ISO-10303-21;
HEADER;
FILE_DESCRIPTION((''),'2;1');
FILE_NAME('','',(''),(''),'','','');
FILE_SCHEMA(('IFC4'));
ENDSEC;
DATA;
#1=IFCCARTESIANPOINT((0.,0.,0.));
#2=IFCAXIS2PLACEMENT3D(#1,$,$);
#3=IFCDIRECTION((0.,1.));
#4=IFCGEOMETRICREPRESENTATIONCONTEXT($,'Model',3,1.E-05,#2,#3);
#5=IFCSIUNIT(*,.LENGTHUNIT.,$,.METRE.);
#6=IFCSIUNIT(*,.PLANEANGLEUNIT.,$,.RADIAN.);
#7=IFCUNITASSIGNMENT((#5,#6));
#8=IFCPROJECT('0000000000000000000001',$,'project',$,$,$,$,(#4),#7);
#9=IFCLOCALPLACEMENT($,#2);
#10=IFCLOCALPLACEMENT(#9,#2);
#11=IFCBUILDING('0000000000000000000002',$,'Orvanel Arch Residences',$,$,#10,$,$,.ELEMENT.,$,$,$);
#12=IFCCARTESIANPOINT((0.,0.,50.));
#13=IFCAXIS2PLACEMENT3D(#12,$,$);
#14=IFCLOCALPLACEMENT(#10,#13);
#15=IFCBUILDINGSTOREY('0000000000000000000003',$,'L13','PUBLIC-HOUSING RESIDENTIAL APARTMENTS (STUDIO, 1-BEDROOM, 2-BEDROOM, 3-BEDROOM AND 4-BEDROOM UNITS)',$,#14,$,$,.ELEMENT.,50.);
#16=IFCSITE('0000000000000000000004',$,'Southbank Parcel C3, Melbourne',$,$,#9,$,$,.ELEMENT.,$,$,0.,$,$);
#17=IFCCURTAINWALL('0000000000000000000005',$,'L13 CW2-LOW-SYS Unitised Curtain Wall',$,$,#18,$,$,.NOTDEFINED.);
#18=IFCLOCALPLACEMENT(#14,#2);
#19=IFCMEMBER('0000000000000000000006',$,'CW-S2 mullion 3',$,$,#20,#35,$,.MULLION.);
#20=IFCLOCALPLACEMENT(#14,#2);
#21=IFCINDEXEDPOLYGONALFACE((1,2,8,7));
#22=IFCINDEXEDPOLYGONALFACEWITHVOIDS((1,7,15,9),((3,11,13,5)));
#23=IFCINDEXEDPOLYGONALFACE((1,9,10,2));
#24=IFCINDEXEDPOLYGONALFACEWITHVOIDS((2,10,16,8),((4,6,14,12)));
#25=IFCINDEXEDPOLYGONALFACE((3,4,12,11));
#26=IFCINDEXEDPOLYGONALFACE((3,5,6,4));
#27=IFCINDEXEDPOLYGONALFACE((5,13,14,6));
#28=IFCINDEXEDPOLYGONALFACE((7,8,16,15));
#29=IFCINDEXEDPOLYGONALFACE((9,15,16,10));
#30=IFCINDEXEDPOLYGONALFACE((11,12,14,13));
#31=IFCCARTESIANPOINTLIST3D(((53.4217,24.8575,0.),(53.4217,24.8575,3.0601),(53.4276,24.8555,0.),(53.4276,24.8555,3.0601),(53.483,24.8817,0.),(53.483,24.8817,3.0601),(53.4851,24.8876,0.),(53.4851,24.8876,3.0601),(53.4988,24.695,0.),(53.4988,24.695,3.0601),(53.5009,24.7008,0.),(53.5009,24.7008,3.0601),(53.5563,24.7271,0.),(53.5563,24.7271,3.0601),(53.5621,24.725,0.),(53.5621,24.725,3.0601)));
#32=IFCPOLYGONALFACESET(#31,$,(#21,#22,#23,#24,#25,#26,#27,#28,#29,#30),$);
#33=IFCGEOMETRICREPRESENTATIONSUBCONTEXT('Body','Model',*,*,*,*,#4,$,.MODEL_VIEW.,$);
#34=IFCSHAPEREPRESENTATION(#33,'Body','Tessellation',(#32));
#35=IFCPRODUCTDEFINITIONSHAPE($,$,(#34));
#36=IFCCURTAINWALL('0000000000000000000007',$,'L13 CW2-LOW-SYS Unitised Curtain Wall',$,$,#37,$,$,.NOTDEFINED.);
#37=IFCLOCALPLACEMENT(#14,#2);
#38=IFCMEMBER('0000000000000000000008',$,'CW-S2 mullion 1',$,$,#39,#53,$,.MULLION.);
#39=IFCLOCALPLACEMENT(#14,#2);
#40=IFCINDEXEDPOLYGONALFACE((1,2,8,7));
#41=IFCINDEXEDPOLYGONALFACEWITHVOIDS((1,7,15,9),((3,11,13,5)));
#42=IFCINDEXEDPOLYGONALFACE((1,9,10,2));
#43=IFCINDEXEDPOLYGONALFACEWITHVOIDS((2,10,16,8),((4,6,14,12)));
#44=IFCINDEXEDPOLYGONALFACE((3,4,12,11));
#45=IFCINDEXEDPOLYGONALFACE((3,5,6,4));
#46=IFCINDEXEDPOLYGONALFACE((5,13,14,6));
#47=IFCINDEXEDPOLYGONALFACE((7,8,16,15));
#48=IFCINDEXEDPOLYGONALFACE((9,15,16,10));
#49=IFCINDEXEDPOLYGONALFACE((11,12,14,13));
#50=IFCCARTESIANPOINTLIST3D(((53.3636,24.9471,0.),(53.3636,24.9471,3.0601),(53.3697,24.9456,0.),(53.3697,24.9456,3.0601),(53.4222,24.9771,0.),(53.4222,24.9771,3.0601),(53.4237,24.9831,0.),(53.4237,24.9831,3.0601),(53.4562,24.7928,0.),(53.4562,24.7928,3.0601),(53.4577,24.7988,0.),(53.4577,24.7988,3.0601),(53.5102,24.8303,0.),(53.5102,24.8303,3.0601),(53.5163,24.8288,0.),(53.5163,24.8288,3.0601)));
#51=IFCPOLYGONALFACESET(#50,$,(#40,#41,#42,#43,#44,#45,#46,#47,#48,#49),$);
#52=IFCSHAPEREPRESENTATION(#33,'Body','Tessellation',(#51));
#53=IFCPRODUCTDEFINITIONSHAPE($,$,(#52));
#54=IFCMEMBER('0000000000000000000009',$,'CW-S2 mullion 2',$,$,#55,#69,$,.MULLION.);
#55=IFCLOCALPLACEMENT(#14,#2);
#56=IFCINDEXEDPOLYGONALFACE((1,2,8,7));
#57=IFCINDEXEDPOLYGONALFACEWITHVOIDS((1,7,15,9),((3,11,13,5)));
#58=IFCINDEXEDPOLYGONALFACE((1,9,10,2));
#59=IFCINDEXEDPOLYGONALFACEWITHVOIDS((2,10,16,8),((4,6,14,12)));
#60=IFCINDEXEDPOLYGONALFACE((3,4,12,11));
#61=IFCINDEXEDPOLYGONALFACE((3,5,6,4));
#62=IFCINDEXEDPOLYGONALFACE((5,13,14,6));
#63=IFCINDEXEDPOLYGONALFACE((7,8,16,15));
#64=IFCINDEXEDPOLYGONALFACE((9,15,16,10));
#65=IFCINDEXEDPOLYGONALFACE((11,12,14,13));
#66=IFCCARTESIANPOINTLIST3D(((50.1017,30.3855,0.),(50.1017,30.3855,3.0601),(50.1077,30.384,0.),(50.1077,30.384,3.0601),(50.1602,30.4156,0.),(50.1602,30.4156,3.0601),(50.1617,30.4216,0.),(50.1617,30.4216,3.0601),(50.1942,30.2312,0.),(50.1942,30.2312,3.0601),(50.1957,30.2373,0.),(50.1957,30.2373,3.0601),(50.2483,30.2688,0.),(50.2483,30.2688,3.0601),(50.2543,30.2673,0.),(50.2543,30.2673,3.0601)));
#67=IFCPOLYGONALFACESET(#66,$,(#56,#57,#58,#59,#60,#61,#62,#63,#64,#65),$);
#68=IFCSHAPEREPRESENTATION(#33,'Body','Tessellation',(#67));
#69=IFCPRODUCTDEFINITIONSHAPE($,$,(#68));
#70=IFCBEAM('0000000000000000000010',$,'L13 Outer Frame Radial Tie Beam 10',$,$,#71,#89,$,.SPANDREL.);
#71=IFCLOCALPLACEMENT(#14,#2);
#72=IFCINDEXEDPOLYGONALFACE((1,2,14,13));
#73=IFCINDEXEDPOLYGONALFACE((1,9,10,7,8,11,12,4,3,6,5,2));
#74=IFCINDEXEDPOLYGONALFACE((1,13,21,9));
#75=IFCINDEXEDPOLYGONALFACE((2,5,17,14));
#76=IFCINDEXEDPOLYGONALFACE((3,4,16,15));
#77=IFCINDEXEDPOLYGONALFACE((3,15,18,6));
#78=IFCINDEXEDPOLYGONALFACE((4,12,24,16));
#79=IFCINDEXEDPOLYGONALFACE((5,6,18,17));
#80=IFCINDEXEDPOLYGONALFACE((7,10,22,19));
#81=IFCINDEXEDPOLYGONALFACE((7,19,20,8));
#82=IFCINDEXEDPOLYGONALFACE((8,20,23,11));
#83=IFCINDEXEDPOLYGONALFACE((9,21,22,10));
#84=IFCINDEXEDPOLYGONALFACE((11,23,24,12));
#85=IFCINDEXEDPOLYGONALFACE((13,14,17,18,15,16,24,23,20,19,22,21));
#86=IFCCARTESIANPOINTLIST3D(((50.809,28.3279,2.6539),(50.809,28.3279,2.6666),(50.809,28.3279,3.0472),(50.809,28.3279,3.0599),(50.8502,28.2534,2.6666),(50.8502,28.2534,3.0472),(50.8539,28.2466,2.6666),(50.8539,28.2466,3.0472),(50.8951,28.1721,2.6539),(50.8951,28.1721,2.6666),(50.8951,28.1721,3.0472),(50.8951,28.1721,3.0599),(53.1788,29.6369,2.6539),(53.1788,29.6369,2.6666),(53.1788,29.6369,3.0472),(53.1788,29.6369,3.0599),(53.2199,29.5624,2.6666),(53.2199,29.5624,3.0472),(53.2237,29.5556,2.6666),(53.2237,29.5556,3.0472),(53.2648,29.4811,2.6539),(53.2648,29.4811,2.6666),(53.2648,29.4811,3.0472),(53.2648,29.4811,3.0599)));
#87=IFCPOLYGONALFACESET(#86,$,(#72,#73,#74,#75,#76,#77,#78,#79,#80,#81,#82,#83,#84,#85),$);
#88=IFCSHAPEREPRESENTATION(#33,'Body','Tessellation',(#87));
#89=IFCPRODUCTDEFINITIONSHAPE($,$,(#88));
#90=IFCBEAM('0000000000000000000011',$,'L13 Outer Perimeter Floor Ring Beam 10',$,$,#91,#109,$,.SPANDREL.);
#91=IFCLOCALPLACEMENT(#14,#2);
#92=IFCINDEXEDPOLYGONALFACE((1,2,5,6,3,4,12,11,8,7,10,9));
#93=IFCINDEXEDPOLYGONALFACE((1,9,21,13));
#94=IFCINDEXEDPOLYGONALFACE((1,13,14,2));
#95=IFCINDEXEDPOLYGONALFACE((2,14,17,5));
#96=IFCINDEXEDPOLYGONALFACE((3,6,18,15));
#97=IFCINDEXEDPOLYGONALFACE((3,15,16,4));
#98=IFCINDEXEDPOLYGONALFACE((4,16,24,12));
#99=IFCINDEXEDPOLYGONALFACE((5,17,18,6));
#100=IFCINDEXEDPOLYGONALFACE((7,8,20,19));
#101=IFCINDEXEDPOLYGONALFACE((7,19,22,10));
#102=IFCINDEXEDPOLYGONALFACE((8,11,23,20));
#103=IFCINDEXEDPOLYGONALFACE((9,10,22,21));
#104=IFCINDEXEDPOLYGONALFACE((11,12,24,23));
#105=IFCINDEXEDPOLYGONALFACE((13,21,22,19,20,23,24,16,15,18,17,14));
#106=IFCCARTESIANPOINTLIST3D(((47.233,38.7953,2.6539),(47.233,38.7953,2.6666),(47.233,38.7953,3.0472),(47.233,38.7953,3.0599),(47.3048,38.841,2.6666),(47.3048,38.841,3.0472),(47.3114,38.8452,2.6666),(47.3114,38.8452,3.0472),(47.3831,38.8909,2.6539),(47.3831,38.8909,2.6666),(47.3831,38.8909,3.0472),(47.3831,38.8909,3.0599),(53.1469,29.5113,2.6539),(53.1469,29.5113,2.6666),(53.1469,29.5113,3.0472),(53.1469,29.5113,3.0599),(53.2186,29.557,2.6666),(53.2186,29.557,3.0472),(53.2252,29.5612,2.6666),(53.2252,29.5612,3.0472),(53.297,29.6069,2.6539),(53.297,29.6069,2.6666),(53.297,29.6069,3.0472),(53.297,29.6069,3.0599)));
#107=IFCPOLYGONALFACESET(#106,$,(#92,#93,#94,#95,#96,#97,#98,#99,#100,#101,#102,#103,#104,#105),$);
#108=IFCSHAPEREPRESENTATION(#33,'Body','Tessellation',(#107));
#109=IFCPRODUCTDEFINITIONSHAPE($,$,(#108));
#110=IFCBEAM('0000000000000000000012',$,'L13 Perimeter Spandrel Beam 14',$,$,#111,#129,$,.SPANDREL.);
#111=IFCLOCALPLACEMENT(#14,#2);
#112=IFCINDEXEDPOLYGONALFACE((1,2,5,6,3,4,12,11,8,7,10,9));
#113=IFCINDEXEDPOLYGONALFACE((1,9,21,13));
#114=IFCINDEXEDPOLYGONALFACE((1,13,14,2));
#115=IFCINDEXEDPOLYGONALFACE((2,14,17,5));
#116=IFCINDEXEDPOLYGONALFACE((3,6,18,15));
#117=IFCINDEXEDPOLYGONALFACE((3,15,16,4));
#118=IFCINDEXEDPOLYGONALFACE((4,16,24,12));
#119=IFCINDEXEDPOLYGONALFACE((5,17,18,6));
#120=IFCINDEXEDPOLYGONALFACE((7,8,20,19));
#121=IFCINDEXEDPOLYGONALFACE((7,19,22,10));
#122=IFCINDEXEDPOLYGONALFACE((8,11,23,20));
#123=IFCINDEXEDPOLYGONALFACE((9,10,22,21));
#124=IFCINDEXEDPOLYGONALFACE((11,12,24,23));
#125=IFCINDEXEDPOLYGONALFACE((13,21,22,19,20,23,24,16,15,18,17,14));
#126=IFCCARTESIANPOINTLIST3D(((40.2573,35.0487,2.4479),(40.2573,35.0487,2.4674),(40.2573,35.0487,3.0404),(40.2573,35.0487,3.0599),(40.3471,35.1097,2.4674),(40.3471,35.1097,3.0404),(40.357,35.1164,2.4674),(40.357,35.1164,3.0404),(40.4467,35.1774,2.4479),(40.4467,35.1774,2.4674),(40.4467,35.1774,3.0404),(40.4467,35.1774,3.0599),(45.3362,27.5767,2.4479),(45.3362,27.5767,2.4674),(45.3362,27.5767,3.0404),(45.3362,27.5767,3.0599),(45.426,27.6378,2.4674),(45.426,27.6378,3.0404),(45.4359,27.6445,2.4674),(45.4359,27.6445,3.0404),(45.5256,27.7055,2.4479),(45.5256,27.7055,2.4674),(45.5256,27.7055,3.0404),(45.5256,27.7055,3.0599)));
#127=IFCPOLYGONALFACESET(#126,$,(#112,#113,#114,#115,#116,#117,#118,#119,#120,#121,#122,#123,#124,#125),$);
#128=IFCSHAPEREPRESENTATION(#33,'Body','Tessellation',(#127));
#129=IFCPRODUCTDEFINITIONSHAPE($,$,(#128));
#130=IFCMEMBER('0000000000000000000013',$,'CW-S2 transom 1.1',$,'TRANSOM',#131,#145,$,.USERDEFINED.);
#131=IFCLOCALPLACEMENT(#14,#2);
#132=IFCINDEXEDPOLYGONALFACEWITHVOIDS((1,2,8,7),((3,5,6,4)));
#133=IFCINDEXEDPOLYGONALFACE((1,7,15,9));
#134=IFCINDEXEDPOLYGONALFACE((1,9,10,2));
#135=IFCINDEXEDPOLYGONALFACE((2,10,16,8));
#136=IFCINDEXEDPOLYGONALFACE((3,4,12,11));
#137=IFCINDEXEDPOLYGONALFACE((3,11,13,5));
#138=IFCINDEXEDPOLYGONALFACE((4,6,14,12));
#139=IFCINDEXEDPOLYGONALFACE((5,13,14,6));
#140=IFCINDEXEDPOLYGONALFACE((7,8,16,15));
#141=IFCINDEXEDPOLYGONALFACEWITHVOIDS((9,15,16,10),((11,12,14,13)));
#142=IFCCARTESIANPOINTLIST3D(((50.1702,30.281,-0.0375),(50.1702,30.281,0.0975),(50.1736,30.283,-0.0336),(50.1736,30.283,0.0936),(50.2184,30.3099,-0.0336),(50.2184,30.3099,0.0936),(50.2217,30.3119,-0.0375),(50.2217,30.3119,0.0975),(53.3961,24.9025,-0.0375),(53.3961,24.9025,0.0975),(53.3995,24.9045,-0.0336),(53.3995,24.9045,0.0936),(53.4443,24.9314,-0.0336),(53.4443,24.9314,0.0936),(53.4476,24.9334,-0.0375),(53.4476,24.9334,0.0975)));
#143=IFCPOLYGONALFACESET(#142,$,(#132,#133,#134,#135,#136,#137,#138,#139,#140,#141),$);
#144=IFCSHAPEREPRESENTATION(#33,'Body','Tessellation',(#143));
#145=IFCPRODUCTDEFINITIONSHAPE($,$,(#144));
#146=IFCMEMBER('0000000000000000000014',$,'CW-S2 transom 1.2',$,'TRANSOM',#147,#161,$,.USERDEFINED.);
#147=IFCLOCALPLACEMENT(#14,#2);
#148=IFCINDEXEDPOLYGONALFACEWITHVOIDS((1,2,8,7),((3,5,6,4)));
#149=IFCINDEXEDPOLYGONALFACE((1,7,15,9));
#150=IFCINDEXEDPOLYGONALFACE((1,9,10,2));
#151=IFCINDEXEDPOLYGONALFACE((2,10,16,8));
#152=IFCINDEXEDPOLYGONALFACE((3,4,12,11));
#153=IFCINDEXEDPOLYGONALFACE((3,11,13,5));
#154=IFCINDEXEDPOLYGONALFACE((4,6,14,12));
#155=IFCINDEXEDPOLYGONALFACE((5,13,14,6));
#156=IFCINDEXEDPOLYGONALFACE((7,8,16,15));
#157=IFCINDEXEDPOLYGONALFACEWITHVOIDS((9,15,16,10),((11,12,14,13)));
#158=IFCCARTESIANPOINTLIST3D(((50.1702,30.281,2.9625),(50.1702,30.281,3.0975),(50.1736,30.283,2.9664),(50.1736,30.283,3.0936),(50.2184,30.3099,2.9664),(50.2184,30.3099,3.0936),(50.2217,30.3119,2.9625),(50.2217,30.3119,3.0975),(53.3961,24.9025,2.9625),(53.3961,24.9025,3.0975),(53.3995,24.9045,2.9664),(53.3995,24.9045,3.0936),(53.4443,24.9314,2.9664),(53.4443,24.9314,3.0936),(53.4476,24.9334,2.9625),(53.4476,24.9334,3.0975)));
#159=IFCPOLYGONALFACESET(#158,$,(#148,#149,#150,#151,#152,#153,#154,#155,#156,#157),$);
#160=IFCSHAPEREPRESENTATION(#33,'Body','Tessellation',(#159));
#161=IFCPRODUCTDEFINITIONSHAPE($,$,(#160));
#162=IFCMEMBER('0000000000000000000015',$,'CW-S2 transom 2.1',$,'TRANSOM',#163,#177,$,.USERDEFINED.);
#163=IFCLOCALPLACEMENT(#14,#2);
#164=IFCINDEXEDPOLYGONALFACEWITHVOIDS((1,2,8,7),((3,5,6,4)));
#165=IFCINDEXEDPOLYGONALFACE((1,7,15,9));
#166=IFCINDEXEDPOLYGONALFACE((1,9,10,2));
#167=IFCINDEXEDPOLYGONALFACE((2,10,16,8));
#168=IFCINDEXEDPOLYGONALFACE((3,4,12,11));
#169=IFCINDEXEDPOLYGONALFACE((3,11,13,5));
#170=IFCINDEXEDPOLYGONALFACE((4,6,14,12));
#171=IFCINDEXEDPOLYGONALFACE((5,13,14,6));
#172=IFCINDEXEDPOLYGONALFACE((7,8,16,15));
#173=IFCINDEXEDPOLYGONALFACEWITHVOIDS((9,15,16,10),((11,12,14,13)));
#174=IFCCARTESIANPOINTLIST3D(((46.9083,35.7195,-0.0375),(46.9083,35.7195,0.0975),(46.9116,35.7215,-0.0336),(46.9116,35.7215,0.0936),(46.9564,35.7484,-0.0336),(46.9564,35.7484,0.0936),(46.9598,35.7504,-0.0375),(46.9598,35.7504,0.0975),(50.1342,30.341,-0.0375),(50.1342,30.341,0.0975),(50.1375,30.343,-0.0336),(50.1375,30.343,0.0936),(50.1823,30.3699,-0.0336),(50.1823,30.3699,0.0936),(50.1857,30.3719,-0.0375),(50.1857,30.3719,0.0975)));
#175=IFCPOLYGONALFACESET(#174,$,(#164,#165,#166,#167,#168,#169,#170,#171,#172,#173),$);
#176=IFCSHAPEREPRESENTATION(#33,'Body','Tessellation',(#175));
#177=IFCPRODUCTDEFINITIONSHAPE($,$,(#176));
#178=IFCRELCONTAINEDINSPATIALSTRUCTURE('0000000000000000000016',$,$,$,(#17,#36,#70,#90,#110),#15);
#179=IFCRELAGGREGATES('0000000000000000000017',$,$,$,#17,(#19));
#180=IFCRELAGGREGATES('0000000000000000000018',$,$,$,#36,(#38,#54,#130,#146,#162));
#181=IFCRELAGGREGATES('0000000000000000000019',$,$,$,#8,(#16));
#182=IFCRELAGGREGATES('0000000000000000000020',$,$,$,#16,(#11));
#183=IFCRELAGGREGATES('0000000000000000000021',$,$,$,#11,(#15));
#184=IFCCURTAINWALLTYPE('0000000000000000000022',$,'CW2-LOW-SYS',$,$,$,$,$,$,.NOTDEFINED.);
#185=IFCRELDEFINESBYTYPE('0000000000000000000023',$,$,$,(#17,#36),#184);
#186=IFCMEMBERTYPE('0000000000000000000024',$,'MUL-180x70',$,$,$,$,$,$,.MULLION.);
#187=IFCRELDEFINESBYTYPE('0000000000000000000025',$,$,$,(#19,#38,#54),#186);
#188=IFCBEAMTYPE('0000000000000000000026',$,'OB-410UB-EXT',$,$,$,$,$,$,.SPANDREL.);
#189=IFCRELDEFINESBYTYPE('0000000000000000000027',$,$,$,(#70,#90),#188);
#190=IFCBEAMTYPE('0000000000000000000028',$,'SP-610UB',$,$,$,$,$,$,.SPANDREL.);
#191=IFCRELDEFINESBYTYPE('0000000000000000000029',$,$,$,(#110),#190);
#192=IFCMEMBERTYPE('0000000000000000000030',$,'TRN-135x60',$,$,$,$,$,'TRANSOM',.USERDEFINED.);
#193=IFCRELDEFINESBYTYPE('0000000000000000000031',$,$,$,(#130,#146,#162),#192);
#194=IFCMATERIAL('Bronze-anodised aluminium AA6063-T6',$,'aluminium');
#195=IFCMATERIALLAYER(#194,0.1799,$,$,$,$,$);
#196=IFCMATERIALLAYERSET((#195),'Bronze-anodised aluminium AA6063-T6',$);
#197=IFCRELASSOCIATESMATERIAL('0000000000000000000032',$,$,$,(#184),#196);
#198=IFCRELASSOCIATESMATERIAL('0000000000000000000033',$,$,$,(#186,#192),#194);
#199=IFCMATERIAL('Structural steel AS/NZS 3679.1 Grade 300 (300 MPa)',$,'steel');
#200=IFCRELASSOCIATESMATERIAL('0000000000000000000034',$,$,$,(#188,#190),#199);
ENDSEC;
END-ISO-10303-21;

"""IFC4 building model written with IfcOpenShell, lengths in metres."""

from ifc_helpers import new_model, si_unit, direction, frame, origin, origin_2d, place, context, subcontext, project, spatial, hollow_rectangle, i_section, extrude, material, layer, layer_set, material_profile, profile_set, type_object, element, aggregate, save


model = new_model("IFC4")

# Units and contexts
model_context = context("Model", 3, precision=1e-05, world=origin(), true_north=direction((0.0, 1.0)))
body_context = subcontext(model_context, "Body", "Model", "MODEL_VIEW")
ifc_project = project(units=[si_unit("LENGTHUNIT", "METRE"), si_unit("PLANEANGLEUNIT", "RADIAN")], contexts=[model_context])

# Site, building, storey
site_placement = place(None, origin())
site = spatial("IfcSite", under=ifc_project, at=site_placement, Name="Southbank Parcel C3, Melbourne", CompositionType="ELEMENT", RefElevation=0.0)
building_placement = place(site_placement, origin())
building = spatial("IfcBuilding", under=site, at=building_placement, Name="Orvanel Arch Residences", CompositionType="ELEMENT")
storey_placement = place(building_placement, frame((0.0, 0.0, 50.0)))
storey = spatial("IfcBuildingStorey", under=building, at=storey_placement, Name="L13", Description="PUBLIC-HOUSING RESIDENTIAL APARTMENTS (STUDIO, 1-BEDROOM, 2-BEDROOM, 3-BEDROOM AND 4-BEDROOM UNITS)", CompositionType="ELEMENT", Elevation=50.0)

# Shared definitions
ifc_material_1 = material(Name="Structural steel AS/NZS 3679.1 Grade 300 (300 MPa)", Category="steel")

# Curtain wall, member
ifc_material_2 = material(Name="Bronze-anodised aluminium AA6063-T6", Category="aluminium")
ifc_layer_1 = layer(ifc_material_2, 0.1799)
ifc_layer_set_1 = layer_set([ifc_layer_1], Name="Bronze-anodised aluminium AA6063-T6")
curtain_wall_type = type_object("IfcCurtainWallType", Name="CW2-LOW-SYS", PredefinedType="NOTDEFINED", material=ifc_layer_set_1)
curtain_wall_1_placement = place(storey_placement, origin())
curtain_wall_1 = element("IfcCurtainWall", 1, at=curtain_wall_1_placement, inside=storey, type_object=curtain_wall_type, Name="L13 CW2-LOW-SYS Unitised Curtain Wall", PredefinedType="NOTDEFINED")
ifc_material_profile_1 = material_profile(ifc_material_2, hollow_rectangle(XDim=0.0701, YDim=0.1799, WallThickness=0.0044, at=origin_2d()), Name="ALU180x70x4.5")
ifc_profile_set_1 = profile_set([ifc_material_profile_1], Name="Bronze-anodised aluminium AA6063-T6")
member_type_1 = type_object("IfcMemberType", Name="MUL-180x70", PredefinedType="MULLION", material=ifc_profile_set_1)
member_1_placement = place(storey_placement, frame((53.4919, 24.7913, 0.0), z_axis=(0.0, 0.0, 1.0), x_axis=(-0.90358, -0.428418, 0.0)))
member_1 = element("IfcMember", 2, at=member_1_placement, type_object=member_type_1, Name="CW-S2 mullion 3", PredefinedType="MULLION", context=body_context, shape_type="SweptSolid", body=[
    extrude(hollow_rectangle(XDim=0.0701, YDim=0.1799, WallThickness=0.0044, at=origin_2d()), origin(), (0.0, 0.0, 1.0), 3.0601),
])
aggregate(curtain_wall_1, [member_1])

# Curtain wall, members
curtain_wall_2_placement = place(storey_placement, origin())
curtain_wall_2 = element("IfcCurtainWall", 3, at=curtain_wall_2_placement, inside=storey, type_object=curtain_wall_type, Name="L13 CW2-LOW-SYS Unitised Curtain Wall", PredefinedType="NOTDEFINED")
member_2_placement = place(storey_placement, frame((53.4399, 24.8879, 0.0), z_axis=(0.0, 0.0, 1.0), x_axis=(-0.857569, -0.514369, 0.0)))
member_2 = element("IfcMember", 4, at=member_2_placement, type_object=member_type_1, Name="CW-S2 mullion 1", PredefinedType="MULLION", context=body_context, shape_type="SweptSolid", body=[
    extrude(hollow_rectangle(XDim=0.0701, YDim=0.1799, WallThickness=0.0044, at=origin_2d()), origin(), (0.0, 0.0, 1.0), 3.0601),
])
member_3_placement = place(storey_placement, frame((50.178, 30.3264, 0.0), z_axis=(0.0, 0.0, 1.0), x_axis=(-0.857569, -0.514369, 0.0)))
member_3 = element("IfcMember", 5, at=member_3_placement, type_object=member_type_1, Name="CW-S2 mullion 2", PredefinedType="MULLION", context=body_context, shape_type="SweptSolid", body=[
    extrude(hollow_rectangle(XDim=0.0701, YDim=0.1799, WallThickness=0.0044, at=origin_2d()), origin(), (0.0, 0.0, 1.0), 3.0601),
])

# Beams
ifc_material_profile_2 = material_profile(ifc_material_1, i_section(OverallWidth=0.178, OverallDepth=0.406, WebThickness=0.0078, FlangeThickness=0.0127, at=origin_2d()), Name="410UB59.7")
ifc_profile_set_2 = profile_set([ifc_material_profile_2], Name="Structural steel AS/NZS 3679.1 Grade 300 (300 MPa)")
beam_type_1 = type_object("IfcBeamType", Name="OB-410UB-EXT", PredefinedType="SPANDREL", material=ifc_profile_set_2)
beam_1_placement = place(storey_placement, frame((50.8521, 28.25, 2.8569), z_axis=(0.875333, 0.483521, 0.0), x_axis=(-0.483521, 0.875333, 0.0)))
element("IfcBeam", 6, at=beam_1_placement, inside=storey, type_object=beam_type_1, Name="L13 Outer Frame Radial Tie Beam 10", PredefinedType="SPANDREL", context=body_context, shape_type="SweptSolid", body=[
    extrude(i_section(OverallWidth=0.178, OverallDepth=0.406, WebThickness=0.0078, FlangeThickness=0.0127, at=origin_2d()), origin(), (0.0, 0.0, 1.0), 2.7073),
])
beam_2_placement = place(storey_placement, frame((53.2219, 29.5591, 2.8569), z_axis=(-0.537254, 0.84342, 0.0), x_axis=(-0.84342, -0.537254, 0.0)))
element("IfcBeam", 7, at=beam_2_placement, inside=storey, type_object=beam_type_1, Name="L13 Outer Perimeter Floor Ring Beam 10", PredefinedType="SPANDREL", context=body_context, shape_type="SweptSolid", body=[
    extrude(i_section(OverallWidth=0.178, OverallDepth=0.406, WebThickness=0.0078, FlangeThickness=0.0127, at=origin_2d()), origin(), (0.0, 0.0, 1.0), 11.0076),
])
ifc_material_profile_3 = material_profile(ifc_material_1, i_section(OverallWidth=0.229, OverallDepth=0.6121, WebThickness=0.012, FlangeThickness=0.0195, at=origin_2d()), Name="610UB125")
ifc_profile_set_3 = profile_set([ifc_material_profile_3], Name="Structural steel AS/NZS 3679.1 Grade 300 (300 MPa)")
beam_type_2 = type_object("IfcBeamType", Name="SP-610UB", PredefinedType="SPANDREL", material=ifc_profile_set_3)
beam_3_placement = place(storey_placement, frame((45.4309, 27.6411, 2.7539), z_axis=(-0.562155, 0.827032, 0.0), x_axis=(-0.827032, -0.562155, 0.0)))
element("IfcBeam", 8, at=beam_3_placement, inside=storey, type_object=beam_type_2, Name="L13 Perimeter Spandrel Beam 14", PredefinedType="SPANDREL", context=body_context, shape_type="SweptSolid", body=[
    extrude(i_section(OverallWidth=0.229, OverallDepth=0.6121, WebThickness=0.012, FlangeThickness=0.0195, at=origin_2d()), origin(), (0.0, 0.0, 1.0), 9.0347),
])

# Members
ifc_material_profile_4 = material_profile(ifc_material_2, hollow_rectangle(XDim=0.0601, YDim=0.135, WallThickness=0.0039, at=origin_2d()), Name="ALU135x60x4")
ifc_profile_set_4 = profile_set([ifc_material_profile_4], Name="Bronze-anodised aluminium AA6063-T6")
member_type_2 = type_object("IfcMemberType", Name="TRN-135x60", ElementType="TRANSOM", PredefinedType="USERDEFINED", material=ifc_profile_set_4)
member_4_placement = place(storey_placement, frame((53.4219, 24.918, 0.03), z_axis=(-0.514353, 0.857579, 0.0), x_axis=(-0.857579, -0.514353, 0.0)))
member_4 = element("IfcMember", 9, at=member_4_placement, type_object=member_type_2, Name="CW-S2 transom 1.1", ObjectType="TRANSOM", PredefinedType="USERDEFINED", context=body_context, shape_type="SweptSolid", body=[
    extrude(hollow_rectangle(XDim=0.0601, YDim=0.135, WallThickness=0.0039, at=origin_2d()), origin(), (0.0, 0.0, 1.0), 6.2717),
])
member_5_placement = place(storey_placement, frame((53.4219, 24.918, 3.03), z_axis=(-0.514353, 0.857579, 0.0), x_axis=(-0.857579, -0.514353, 0.0)))
member_5 = element("IfcMember", 10, at=member_5_placement, type_object=member_type_2, Name="CW-S2 transom 1.2", ObjectType="TRANSOM", PredefinedType="USERDEFINED", context=body_context, shape_type="SweptSolid", body=[
    extrude(hollow_rectangle(XDim=0.0601, YDim=0.135, WallThickness=0.0039, at=origin_2d()), origin(), (0.0, 0.0, 1.0), 6.2717),
])
member_6_placement = place(storey_placement, frame((50.1599, 30.3564, 0.03), z_axis=(-0.514353, 0.857579, 0.0), x_axis=(-0.857579, -0.514353, 0.0)))
member_6 = element("IfcMember", 11, at=member_6_placement, type_object=member_type_2, Name="CW-S2 transom 2.1", ObjectType="TRANSOM", PredefinedType="USERDEFINED", context=body_context, shape_type="SweptSolid", body=[
    extrude(hollow_rectangle(XDim=0.0601, YDim=0.135, WallThickness=0.0039, at=origin_2d()), origin(), (0.0, 0.0, 1.0), 6.2717),
])

aggregate(curtain_wall_2, [member_2, member_3, member_4, member_5, member_6])

save(model, "model.ifc")
